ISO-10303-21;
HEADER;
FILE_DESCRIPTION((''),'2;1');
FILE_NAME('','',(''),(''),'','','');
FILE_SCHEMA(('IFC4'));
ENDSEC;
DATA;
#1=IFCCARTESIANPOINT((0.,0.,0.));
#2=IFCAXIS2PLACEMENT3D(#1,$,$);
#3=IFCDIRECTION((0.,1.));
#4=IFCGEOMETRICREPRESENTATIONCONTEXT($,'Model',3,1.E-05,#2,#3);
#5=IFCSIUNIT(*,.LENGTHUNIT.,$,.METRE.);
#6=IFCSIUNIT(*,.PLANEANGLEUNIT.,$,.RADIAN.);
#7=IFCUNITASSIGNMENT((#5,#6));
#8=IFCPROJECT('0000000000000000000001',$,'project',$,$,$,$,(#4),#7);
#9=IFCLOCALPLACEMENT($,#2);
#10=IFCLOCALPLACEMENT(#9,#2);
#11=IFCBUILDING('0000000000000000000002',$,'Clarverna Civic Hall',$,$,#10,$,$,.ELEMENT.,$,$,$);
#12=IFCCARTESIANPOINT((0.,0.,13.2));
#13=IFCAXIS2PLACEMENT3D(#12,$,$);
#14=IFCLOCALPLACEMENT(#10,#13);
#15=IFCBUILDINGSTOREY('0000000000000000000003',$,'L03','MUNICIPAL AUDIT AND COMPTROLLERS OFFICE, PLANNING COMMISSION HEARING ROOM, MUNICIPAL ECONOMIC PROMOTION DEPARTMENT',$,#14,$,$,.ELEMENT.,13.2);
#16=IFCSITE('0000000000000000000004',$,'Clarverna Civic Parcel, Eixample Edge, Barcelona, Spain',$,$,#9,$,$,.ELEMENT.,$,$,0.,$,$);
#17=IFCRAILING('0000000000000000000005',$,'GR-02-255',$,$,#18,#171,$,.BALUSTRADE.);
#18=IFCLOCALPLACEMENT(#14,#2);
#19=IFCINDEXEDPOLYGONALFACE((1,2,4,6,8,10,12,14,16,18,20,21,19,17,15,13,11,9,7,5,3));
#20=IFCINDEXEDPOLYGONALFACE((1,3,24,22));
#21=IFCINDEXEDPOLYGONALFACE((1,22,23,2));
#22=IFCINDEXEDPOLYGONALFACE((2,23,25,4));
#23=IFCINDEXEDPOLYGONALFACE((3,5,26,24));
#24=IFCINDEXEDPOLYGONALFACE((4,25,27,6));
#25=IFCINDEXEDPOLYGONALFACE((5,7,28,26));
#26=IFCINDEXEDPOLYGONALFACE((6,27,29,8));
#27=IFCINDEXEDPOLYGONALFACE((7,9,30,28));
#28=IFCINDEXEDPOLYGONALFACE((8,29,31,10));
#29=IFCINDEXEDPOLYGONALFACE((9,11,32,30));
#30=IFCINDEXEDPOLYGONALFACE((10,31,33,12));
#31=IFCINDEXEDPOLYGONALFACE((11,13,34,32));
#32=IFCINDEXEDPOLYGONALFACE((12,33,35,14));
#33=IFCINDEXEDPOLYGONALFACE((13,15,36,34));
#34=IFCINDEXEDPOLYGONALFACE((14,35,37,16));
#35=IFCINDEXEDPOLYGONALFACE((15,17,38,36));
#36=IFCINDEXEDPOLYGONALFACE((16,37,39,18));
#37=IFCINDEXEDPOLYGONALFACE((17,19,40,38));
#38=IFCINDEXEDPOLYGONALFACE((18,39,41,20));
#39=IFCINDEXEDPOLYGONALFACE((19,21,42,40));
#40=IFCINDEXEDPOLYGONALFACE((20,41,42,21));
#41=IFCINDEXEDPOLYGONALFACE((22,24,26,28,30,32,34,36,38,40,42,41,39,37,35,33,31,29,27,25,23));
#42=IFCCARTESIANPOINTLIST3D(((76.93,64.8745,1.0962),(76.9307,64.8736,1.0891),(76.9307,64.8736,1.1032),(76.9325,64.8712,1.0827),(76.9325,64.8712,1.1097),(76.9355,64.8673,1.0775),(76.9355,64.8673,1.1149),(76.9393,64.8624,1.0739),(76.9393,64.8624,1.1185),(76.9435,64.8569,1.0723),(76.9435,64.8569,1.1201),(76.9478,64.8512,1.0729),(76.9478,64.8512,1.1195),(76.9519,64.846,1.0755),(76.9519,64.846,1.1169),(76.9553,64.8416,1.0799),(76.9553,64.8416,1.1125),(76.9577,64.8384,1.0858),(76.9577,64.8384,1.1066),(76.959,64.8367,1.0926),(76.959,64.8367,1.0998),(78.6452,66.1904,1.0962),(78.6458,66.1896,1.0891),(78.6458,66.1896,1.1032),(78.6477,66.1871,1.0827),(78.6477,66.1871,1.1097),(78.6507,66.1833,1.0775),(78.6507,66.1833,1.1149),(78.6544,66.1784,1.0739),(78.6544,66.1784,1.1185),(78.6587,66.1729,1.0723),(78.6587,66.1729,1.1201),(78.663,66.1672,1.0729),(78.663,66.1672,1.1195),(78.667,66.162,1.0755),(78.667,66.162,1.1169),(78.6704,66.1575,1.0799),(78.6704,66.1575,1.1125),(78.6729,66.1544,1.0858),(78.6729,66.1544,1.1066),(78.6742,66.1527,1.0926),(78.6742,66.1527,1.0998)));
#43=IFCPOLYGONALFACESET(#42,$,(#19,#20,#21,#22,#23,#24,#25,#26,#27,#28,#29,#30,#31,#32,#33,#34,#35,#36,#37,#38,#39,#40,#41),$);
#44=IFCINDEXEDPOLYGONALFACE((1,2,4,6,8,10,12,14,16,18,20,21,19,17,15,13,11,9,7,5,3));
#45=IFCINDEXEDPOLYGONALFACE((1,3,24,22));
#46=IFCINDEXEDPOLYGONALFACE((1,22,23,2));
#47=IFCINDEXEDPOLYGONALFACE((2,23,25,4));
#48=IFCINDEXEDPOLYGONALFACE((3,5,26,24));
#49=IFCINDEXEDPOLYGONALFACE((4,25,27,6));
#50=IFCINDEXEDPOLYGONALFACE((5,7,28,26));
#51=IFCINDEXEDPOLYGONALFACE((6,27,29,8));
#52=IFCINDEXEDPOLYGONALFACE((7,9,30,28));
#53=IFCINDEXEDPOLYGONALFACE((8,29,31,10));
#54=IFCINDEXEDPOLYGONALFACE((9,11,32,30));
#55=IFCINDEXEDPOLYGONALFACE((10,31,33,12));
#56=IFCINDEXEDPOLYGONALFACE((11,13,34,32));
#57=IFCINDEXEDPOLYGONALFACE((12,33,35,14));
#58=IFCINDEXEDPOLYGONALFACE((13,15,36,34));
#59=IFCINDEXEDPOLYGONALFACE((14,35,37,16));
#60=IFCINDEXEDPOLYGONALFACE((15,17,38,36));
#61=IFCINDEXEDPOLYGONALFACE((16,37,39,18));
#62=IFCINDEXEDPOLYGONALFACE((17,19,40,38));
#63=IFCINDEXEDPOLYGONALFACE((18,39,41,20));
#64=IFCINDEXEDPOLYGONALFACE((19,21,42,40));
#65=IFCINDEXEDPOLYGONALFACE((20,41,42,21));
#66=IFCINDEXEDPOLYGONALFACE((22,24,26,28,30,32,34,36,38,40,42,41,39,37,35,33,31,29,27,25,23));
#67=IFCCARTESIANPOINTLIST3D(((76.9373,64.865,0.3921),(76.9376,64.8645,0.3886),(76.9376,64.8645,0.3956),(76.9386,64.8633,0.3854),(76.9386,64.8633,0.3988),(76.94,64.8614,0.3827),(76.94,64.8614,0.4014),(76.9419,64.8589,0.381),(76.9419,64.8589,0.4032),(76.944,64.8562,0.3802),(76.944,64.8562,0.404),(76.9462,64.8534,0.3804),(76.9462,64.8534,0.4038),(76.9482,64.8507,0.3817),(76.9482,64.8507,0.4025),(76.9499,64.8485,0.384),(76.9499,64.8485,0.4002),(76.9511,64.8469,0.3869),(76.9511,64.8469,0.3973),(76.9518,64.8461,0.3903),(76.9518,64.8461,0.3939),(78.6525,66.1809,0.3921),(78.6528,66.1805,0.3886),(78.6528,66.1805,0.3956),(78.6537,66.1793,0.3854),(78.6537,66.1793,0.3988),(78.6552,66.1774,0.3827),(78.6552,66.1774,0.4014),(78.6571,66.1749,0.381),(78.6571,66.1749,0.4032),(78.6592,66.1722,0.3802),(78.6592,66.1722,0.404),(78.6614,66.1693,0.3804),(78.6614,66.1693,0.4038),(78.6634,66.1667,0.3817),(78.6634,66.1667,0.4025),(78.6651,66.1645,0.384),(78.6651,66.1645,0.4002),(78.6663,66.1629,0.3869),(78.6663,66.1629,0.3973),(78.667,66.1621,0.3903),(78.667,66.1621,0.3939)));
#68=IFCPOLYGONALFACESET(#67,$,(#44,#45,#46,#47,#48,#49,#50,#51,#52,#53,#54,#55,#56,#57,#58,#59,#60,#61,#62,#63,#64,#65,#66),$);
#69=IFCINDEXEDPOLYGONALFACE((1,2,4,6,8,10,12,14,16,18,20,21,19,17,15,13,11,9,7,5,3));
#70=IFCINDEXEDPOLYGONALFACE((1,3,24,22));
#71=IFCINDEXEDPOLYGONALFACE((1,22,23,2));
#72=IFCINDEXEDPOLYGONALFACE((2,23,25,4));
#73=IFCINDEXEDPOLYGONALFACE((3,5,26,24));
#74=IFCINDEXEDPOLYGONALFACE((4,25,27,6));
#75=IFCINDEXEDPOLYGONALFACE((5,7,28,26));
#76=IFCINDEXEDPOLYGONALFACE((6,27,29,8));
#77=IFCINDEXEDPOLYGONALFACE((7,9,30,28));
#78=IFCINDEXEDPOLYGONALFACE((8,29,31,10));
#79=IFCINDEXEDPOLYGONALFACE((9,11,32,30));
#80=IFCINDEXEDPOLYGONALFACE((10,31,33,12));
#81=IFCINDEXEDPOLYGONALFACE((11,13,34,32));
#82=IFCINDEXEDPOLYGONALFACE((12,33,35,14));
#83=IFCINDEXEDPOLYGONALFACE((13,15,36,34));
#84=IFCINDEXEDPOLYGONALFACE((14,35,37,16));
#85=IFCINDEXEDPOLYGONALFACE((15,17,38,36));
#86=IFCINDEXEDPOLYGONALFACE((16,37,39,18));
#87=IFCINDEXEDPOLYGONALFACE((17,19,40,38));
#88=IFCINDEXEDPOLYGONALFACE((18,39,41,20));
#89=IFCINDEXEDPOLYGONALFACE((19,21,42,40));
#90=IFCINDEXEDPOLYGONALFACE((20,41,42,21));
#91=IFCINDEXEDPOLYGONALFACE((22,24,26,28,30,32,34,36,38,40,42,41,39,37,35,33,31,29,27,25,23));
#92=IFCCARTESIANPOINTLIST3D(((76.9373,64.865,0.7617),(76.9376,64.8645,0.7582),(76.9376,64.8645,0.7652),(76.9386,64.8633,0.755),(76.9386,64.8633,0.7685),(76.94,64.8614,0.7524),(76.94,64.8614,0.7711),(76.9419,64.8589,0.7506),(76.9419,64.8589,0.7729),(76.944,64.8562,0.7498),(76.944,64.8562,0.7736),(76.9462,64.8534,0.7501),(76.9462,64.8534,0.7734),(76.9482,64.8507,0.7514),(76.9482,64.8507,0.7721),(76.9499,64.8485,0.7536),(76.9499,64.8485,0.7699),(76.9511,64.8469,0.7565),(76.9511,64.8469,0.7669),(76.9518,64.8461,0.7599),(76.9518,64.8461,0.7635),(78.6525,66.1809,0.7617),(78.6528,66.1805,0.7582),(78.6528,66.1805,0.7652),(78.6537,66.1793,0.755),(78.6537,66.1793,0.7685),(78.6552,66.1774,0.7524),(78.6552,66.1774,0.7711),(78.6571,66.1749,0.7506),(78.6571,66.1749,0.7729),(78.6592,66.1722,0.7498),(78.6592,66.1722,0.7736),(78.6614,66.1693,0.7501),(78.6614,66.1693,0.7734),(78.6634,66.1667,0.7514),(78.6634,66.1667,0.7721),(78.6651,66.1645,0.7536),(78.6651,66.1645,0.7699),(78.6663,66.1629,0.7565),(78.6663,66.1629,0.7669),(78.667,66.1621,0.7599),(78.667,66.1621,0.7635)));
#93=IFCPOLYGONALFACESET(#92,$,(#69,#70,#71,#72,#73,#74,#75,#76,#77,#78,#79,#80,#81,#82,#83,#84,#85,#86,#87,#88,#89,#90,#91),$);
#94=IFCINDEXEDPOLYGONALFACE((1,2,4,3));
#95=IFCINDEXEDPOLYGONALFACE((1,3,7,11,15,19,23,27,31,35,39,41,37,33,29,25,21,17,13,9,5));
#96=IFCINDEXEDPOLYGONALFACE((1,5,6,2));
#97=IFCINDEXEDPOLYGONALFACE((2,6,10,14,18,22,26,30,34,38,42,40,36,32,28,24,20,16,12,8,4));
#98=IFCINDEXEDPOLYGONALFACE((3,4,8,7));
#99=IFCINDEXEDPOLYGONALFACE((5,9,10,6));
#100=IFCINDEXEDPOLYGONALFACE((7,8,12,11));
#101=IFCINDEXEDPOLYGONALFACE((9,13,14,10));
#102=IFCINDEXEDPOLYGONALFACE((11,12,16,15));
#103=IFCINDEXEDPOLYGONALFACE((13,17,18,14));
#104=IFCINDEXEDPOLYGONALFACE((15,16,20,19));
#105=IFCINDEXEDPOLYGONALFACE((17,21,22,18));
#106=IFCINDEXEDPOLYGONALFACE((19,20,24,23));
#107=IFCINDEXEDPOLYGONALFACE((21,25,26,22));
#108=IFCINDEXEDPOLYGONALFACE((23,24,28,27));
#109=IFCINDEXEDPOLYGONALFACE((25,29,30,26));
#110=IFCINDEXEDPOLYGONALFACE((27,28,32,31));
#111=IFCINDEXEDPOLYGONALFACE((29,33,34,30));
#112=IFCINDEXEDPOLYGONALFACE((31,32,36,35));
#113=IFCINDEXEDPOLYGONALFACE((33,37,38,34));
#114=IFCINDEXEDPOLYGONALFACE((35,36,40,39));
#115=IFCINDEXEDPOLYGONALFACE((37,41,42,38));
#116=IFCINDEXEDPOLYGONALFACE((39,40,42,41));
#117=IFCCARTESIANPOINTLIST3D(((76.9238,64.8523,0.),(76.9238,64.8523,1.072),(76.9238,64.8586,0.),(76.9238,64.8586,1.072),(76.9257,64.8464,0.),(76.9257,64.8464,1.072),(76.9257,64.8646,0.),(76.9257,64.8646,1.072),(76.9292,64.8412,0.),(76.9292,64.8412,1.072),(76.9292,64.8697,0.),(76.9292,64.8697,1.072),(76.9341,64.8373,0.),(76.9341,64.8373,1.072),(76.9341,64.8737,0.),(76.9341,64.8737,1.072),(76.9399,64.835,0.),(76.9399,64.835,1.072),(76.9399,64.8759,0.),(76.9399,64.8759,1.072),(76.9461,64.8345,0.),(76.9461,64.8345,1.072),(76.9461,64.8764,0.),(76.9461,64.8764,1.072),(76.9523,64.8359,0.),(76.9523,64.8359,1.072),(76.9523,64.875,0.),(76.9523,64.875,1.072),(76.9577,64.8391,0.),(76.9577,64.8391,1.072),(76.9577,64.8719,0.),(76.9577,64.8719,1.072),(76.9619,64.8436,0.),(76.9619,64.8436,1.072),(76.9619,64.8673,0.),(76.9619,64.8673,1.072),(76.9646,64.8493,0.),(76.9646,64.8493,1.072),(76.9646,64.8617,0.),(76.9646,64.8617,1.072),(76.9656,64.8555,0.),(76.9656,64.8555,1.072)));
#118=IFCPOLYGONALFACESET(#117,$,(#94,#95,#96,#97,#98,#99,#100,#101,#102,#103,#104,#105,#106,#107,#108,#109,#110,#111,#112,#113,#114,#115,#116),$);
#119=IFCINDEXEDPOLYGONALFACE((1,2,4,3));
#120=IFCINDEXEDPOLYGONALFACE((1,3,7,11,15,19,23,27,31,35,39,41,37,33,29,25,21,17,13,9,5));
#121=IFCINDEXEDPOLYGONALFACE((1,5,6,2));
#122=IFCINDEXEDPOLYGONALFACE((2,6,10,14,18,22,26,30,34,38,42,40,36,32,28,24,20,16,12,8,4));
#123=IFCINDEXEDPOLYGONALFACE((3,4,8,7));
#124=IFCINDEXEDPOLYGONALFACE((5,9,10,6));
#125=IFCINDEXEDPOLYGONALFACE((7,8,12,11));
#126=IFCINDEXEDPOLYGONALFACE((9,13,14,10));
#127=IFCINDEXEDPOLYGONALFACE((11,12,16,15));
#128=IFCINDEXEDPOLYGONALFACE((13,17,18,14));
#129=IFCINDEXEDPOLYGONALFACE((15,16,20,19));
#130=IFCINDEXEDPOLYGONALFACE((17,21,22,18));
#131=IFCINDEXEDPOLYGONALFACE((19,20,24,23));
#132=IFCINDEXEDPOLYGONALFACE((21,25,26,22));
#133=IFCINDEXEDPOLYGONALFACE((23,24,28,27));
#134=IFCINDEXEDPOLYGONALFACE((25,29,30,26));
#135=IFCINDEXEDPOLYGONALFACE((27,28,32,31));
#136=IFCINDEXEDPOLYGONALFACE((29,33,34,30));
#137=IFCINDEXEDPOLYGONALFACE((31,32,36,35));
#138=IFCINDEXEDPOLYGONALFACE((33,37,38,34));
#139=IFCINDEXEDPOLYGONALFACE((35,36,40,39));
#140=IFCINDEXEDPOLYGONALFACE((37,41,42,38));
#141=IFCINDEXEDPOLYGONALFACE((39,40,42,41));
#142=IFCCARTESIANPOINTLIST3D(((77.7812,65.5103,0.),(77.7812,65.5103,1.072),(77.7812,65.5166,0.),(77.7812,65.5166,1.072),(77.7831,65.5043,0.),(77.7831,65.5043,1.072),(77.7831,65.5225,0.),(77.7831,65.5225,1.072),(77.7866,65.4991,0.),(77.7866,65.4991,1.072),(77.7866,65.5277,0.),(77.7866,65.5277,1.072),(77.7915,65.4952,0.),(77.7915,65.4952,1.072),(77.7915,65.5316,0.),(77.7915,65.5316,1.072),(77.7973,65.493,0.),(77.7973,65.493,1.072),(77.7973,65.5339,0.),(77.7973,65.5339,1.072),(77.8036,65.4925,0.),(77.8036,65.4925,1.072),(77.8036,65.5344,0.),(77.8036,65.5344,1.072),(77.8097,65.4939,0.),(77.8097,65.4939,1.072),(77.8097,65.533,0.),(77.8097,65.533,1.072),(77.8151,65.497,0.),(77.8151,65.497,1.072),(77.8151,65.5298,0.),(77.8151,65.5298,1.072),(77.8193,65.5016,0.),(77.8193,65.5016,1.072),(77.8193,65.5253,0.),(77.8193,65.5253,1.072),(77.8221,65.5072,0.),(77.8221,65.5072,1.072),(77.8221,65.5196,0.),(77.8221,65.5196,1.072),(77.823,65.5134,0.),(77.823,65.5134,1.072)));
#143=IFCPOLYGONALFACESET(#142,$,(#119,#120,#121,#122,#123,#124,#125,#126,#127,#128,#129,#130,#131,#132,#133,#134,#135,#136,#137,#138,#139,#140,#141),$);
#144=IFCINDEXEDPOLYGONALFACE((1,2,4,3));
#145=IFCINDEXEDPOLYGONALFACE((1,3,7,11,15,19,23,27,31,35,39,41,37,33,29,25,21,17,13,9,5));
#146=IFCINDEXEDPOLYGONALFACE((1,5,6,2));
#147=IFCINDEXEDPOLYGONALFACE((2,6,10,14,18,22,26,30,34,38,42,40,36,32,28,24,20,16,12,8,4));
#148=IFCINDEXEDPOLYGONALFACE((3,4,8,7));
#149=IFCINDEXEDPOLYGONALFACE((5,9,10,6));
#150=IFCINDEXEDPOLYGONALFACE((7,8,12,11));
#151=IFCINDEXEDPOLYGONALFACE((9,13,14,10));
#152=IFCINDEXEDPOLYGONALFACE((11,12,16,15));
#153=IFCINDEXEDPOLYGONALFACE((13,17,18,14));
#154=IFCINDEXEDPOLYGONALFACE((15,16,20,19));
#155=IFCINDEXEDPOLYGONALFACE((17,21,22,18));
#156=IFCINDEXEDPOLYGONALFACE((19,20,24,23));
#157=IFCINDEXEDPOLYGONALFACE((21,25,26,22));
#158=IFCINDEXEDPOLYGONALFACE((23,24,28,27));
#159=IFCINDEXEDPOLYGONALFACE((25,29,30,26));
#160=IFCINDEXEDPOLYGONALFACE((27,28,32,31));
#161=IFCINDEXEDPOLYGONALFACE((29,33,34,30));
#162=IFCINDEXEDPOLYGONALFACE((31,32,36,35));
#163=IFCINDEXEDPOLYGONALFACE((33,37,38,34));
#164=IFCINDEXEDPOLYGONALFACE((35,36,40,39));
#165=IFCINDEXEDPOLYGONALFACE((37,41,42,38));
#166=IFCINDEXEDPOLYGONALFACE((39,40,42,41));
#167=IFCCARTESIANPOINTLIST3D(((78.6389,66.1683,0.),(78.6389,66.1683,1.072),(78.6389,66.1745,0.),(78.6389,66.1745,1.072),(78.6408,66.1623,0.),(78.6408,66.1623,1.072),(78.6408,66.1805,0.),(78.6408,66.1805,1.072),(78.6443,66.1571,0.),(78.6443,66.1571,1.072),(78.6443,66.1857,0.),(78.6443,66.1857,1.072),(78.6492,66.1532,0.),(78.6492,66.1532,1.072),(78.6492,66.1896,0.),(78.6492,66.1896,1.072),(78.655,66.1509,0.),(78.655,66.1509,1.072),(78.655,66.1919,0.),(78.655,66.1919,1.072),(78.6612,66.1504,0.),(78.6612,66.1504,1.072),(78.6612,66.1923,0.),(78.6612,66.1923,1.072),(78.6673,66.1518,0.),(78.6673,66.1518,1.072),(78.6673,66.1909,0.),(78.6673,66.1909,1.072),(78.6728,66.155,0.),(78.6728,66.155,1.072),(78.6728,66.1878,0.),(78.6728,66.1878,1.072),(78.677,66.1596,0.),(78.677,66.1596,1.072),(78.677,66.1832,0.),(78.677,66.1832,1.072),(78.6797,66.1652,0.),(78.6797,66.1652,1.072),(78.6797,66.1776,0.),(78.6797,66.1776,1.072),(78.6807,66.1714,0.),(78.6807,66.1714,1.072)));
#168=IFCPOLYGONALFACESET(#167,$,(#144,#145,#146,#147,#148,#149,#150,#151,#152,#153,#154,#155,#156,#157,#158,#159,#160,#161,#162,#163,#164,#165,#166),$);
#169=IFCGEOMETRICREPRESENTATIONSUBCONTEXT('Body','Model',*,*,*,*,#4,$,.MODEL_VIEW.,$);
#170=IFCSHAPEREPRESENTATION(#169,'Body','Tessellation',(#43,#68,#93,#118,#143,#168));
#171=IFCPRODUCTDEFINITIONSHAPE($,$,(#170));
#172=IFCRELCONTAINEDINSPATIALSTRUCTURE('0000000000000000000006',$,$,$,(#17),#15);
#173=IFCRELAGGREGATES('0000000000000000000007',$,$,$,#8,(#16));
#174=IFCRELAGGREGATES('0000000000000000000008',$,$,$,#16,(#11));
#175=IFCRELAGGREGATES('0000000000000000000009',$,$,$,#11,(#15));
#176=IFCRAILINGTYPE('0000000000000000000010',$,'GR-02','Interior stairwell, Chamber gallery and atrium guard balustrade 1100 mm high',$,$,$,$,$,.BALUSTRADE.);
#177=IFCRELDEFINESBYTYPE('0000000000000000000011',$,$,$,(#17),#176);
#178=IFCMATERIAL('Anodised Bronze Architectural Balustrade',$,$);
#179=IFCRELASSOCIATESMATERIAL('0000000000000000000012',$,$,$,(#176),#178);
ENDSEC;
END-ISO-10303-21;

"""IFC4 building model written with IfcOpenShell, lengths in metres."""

from ifc_helpers import new_model, si_unit, direction, frame, origin, origin_2d, place, context, subcontext, project, spatial, circle, extrude, material, type_object, element, save


model = new_model("IFC4")

# Units and contexts
model_context = context("Model", 3, precision=1e-05, world=origin(), true_north=direction((0.0, 1.0)))
body_context = subcontext(model_context, "Body", "Model", "MODEL_VIEW")
ifc_project = project(units=[si_unit("LENGTHUNIT", "METRE"), si_unit("PLANEANGLEUNIT", "RADIAN")], contexts=[model_context])

# Site, building, storey
site_placement = place(None, origin())
site = spatial("IfcSite", under=ifc_project, at=site_placement, Name="Clarverna Civic Parcel, Eixample Edge, Barcelona, Spain", CompositionType="ELEMENT", RefElevation=0.0)
building_placement = place(site_placement, origin())
building = spatial("IfcBuilding", under=site, at=building_placement, Name="Clarverna Civic Hall", CompositionType="ELEMENT")
storey_placement = place(building_placement, frame((0.0, 0.0, 13.2)))
storey = spatial("IfcBuildingStorey", under=building, at=storey_placement, Name="L03", Description="MUNICIPAL AUDIT AND COMPTROLLERS OFFICE, PLANNING COMMISSION HEARING ROOM, MUNICIPAL ECONOMIC PROMOTION DEPARTMENT", CompositionType="ELEMENT", Elevation=13.2)

# Railing
ifc_material_1 = material(Name="Anodised Bronze Architectural Balustrade")
railing_type_1 = type_object("IfcRailingType", Name="GR-02", Description="Interior stairwell, Chamber gallery and atrium guard balustrade 1100 mm high", PredefinedType="BALUSTRADE", material=ifc_material_1)
railing_1_placement = place(storey_placement, frame((76.9446, 64.8555, 0.0)))
element("IfcRailing", 1, at=railing_1_placement, inside=storey, type_object=railing_type_1, Name="GR-02-255", PredefinedType="BALUSTRADE", context=body_context, shape_type="SweptSolid", body=[
    extrude(circle(Radius=0.0239, at=origin_2d()), frame((0.0, 0.0, 1.0962), z_axis=(0.793379, 0.608728, 0.0), x_axis=(-0.608728, 0.793379, 0.0)), (0.0, 0.0, 1.0), 2.1619),
    extrude(circle(Radius=0.012, at=origin_2d()), frame((0.0, 0.0, 0.3921), z_axis=(0.793379, 0.608728, 0.0), x_axis=(-0.608728, 0.793379, 0.0)), (0.0, 0.0, 1.0), 2.1619),
    extrude(circle(Radius=0.012, at=origin_2d()), frame((0.0, 0.0, 0.7617), z_axis=(0.793379, 0.608728, 0.0), x_axis=(-0.608728, 0.793379, 0.0)), (0.0, 0.0, 1.0), 2.1619),
    extrude(circle(Radius=0.021, at=origin_2d()), origin(), (0.0, 0.0, 1.0), 1.072),
    extrude(circle(Radius=0.021, at=origin_2d()), frame((0.8574, 0.658, 0.0)), (0.0, 0.0, 1.0), 1.072),
    extrude(circle(Radius=0.021, at=origin_2d()), frame((1.7151, 1.3159, 0.0)), (0.0, 0.0, 1.0), 1.072),
])

save(model, "model.ifc")
